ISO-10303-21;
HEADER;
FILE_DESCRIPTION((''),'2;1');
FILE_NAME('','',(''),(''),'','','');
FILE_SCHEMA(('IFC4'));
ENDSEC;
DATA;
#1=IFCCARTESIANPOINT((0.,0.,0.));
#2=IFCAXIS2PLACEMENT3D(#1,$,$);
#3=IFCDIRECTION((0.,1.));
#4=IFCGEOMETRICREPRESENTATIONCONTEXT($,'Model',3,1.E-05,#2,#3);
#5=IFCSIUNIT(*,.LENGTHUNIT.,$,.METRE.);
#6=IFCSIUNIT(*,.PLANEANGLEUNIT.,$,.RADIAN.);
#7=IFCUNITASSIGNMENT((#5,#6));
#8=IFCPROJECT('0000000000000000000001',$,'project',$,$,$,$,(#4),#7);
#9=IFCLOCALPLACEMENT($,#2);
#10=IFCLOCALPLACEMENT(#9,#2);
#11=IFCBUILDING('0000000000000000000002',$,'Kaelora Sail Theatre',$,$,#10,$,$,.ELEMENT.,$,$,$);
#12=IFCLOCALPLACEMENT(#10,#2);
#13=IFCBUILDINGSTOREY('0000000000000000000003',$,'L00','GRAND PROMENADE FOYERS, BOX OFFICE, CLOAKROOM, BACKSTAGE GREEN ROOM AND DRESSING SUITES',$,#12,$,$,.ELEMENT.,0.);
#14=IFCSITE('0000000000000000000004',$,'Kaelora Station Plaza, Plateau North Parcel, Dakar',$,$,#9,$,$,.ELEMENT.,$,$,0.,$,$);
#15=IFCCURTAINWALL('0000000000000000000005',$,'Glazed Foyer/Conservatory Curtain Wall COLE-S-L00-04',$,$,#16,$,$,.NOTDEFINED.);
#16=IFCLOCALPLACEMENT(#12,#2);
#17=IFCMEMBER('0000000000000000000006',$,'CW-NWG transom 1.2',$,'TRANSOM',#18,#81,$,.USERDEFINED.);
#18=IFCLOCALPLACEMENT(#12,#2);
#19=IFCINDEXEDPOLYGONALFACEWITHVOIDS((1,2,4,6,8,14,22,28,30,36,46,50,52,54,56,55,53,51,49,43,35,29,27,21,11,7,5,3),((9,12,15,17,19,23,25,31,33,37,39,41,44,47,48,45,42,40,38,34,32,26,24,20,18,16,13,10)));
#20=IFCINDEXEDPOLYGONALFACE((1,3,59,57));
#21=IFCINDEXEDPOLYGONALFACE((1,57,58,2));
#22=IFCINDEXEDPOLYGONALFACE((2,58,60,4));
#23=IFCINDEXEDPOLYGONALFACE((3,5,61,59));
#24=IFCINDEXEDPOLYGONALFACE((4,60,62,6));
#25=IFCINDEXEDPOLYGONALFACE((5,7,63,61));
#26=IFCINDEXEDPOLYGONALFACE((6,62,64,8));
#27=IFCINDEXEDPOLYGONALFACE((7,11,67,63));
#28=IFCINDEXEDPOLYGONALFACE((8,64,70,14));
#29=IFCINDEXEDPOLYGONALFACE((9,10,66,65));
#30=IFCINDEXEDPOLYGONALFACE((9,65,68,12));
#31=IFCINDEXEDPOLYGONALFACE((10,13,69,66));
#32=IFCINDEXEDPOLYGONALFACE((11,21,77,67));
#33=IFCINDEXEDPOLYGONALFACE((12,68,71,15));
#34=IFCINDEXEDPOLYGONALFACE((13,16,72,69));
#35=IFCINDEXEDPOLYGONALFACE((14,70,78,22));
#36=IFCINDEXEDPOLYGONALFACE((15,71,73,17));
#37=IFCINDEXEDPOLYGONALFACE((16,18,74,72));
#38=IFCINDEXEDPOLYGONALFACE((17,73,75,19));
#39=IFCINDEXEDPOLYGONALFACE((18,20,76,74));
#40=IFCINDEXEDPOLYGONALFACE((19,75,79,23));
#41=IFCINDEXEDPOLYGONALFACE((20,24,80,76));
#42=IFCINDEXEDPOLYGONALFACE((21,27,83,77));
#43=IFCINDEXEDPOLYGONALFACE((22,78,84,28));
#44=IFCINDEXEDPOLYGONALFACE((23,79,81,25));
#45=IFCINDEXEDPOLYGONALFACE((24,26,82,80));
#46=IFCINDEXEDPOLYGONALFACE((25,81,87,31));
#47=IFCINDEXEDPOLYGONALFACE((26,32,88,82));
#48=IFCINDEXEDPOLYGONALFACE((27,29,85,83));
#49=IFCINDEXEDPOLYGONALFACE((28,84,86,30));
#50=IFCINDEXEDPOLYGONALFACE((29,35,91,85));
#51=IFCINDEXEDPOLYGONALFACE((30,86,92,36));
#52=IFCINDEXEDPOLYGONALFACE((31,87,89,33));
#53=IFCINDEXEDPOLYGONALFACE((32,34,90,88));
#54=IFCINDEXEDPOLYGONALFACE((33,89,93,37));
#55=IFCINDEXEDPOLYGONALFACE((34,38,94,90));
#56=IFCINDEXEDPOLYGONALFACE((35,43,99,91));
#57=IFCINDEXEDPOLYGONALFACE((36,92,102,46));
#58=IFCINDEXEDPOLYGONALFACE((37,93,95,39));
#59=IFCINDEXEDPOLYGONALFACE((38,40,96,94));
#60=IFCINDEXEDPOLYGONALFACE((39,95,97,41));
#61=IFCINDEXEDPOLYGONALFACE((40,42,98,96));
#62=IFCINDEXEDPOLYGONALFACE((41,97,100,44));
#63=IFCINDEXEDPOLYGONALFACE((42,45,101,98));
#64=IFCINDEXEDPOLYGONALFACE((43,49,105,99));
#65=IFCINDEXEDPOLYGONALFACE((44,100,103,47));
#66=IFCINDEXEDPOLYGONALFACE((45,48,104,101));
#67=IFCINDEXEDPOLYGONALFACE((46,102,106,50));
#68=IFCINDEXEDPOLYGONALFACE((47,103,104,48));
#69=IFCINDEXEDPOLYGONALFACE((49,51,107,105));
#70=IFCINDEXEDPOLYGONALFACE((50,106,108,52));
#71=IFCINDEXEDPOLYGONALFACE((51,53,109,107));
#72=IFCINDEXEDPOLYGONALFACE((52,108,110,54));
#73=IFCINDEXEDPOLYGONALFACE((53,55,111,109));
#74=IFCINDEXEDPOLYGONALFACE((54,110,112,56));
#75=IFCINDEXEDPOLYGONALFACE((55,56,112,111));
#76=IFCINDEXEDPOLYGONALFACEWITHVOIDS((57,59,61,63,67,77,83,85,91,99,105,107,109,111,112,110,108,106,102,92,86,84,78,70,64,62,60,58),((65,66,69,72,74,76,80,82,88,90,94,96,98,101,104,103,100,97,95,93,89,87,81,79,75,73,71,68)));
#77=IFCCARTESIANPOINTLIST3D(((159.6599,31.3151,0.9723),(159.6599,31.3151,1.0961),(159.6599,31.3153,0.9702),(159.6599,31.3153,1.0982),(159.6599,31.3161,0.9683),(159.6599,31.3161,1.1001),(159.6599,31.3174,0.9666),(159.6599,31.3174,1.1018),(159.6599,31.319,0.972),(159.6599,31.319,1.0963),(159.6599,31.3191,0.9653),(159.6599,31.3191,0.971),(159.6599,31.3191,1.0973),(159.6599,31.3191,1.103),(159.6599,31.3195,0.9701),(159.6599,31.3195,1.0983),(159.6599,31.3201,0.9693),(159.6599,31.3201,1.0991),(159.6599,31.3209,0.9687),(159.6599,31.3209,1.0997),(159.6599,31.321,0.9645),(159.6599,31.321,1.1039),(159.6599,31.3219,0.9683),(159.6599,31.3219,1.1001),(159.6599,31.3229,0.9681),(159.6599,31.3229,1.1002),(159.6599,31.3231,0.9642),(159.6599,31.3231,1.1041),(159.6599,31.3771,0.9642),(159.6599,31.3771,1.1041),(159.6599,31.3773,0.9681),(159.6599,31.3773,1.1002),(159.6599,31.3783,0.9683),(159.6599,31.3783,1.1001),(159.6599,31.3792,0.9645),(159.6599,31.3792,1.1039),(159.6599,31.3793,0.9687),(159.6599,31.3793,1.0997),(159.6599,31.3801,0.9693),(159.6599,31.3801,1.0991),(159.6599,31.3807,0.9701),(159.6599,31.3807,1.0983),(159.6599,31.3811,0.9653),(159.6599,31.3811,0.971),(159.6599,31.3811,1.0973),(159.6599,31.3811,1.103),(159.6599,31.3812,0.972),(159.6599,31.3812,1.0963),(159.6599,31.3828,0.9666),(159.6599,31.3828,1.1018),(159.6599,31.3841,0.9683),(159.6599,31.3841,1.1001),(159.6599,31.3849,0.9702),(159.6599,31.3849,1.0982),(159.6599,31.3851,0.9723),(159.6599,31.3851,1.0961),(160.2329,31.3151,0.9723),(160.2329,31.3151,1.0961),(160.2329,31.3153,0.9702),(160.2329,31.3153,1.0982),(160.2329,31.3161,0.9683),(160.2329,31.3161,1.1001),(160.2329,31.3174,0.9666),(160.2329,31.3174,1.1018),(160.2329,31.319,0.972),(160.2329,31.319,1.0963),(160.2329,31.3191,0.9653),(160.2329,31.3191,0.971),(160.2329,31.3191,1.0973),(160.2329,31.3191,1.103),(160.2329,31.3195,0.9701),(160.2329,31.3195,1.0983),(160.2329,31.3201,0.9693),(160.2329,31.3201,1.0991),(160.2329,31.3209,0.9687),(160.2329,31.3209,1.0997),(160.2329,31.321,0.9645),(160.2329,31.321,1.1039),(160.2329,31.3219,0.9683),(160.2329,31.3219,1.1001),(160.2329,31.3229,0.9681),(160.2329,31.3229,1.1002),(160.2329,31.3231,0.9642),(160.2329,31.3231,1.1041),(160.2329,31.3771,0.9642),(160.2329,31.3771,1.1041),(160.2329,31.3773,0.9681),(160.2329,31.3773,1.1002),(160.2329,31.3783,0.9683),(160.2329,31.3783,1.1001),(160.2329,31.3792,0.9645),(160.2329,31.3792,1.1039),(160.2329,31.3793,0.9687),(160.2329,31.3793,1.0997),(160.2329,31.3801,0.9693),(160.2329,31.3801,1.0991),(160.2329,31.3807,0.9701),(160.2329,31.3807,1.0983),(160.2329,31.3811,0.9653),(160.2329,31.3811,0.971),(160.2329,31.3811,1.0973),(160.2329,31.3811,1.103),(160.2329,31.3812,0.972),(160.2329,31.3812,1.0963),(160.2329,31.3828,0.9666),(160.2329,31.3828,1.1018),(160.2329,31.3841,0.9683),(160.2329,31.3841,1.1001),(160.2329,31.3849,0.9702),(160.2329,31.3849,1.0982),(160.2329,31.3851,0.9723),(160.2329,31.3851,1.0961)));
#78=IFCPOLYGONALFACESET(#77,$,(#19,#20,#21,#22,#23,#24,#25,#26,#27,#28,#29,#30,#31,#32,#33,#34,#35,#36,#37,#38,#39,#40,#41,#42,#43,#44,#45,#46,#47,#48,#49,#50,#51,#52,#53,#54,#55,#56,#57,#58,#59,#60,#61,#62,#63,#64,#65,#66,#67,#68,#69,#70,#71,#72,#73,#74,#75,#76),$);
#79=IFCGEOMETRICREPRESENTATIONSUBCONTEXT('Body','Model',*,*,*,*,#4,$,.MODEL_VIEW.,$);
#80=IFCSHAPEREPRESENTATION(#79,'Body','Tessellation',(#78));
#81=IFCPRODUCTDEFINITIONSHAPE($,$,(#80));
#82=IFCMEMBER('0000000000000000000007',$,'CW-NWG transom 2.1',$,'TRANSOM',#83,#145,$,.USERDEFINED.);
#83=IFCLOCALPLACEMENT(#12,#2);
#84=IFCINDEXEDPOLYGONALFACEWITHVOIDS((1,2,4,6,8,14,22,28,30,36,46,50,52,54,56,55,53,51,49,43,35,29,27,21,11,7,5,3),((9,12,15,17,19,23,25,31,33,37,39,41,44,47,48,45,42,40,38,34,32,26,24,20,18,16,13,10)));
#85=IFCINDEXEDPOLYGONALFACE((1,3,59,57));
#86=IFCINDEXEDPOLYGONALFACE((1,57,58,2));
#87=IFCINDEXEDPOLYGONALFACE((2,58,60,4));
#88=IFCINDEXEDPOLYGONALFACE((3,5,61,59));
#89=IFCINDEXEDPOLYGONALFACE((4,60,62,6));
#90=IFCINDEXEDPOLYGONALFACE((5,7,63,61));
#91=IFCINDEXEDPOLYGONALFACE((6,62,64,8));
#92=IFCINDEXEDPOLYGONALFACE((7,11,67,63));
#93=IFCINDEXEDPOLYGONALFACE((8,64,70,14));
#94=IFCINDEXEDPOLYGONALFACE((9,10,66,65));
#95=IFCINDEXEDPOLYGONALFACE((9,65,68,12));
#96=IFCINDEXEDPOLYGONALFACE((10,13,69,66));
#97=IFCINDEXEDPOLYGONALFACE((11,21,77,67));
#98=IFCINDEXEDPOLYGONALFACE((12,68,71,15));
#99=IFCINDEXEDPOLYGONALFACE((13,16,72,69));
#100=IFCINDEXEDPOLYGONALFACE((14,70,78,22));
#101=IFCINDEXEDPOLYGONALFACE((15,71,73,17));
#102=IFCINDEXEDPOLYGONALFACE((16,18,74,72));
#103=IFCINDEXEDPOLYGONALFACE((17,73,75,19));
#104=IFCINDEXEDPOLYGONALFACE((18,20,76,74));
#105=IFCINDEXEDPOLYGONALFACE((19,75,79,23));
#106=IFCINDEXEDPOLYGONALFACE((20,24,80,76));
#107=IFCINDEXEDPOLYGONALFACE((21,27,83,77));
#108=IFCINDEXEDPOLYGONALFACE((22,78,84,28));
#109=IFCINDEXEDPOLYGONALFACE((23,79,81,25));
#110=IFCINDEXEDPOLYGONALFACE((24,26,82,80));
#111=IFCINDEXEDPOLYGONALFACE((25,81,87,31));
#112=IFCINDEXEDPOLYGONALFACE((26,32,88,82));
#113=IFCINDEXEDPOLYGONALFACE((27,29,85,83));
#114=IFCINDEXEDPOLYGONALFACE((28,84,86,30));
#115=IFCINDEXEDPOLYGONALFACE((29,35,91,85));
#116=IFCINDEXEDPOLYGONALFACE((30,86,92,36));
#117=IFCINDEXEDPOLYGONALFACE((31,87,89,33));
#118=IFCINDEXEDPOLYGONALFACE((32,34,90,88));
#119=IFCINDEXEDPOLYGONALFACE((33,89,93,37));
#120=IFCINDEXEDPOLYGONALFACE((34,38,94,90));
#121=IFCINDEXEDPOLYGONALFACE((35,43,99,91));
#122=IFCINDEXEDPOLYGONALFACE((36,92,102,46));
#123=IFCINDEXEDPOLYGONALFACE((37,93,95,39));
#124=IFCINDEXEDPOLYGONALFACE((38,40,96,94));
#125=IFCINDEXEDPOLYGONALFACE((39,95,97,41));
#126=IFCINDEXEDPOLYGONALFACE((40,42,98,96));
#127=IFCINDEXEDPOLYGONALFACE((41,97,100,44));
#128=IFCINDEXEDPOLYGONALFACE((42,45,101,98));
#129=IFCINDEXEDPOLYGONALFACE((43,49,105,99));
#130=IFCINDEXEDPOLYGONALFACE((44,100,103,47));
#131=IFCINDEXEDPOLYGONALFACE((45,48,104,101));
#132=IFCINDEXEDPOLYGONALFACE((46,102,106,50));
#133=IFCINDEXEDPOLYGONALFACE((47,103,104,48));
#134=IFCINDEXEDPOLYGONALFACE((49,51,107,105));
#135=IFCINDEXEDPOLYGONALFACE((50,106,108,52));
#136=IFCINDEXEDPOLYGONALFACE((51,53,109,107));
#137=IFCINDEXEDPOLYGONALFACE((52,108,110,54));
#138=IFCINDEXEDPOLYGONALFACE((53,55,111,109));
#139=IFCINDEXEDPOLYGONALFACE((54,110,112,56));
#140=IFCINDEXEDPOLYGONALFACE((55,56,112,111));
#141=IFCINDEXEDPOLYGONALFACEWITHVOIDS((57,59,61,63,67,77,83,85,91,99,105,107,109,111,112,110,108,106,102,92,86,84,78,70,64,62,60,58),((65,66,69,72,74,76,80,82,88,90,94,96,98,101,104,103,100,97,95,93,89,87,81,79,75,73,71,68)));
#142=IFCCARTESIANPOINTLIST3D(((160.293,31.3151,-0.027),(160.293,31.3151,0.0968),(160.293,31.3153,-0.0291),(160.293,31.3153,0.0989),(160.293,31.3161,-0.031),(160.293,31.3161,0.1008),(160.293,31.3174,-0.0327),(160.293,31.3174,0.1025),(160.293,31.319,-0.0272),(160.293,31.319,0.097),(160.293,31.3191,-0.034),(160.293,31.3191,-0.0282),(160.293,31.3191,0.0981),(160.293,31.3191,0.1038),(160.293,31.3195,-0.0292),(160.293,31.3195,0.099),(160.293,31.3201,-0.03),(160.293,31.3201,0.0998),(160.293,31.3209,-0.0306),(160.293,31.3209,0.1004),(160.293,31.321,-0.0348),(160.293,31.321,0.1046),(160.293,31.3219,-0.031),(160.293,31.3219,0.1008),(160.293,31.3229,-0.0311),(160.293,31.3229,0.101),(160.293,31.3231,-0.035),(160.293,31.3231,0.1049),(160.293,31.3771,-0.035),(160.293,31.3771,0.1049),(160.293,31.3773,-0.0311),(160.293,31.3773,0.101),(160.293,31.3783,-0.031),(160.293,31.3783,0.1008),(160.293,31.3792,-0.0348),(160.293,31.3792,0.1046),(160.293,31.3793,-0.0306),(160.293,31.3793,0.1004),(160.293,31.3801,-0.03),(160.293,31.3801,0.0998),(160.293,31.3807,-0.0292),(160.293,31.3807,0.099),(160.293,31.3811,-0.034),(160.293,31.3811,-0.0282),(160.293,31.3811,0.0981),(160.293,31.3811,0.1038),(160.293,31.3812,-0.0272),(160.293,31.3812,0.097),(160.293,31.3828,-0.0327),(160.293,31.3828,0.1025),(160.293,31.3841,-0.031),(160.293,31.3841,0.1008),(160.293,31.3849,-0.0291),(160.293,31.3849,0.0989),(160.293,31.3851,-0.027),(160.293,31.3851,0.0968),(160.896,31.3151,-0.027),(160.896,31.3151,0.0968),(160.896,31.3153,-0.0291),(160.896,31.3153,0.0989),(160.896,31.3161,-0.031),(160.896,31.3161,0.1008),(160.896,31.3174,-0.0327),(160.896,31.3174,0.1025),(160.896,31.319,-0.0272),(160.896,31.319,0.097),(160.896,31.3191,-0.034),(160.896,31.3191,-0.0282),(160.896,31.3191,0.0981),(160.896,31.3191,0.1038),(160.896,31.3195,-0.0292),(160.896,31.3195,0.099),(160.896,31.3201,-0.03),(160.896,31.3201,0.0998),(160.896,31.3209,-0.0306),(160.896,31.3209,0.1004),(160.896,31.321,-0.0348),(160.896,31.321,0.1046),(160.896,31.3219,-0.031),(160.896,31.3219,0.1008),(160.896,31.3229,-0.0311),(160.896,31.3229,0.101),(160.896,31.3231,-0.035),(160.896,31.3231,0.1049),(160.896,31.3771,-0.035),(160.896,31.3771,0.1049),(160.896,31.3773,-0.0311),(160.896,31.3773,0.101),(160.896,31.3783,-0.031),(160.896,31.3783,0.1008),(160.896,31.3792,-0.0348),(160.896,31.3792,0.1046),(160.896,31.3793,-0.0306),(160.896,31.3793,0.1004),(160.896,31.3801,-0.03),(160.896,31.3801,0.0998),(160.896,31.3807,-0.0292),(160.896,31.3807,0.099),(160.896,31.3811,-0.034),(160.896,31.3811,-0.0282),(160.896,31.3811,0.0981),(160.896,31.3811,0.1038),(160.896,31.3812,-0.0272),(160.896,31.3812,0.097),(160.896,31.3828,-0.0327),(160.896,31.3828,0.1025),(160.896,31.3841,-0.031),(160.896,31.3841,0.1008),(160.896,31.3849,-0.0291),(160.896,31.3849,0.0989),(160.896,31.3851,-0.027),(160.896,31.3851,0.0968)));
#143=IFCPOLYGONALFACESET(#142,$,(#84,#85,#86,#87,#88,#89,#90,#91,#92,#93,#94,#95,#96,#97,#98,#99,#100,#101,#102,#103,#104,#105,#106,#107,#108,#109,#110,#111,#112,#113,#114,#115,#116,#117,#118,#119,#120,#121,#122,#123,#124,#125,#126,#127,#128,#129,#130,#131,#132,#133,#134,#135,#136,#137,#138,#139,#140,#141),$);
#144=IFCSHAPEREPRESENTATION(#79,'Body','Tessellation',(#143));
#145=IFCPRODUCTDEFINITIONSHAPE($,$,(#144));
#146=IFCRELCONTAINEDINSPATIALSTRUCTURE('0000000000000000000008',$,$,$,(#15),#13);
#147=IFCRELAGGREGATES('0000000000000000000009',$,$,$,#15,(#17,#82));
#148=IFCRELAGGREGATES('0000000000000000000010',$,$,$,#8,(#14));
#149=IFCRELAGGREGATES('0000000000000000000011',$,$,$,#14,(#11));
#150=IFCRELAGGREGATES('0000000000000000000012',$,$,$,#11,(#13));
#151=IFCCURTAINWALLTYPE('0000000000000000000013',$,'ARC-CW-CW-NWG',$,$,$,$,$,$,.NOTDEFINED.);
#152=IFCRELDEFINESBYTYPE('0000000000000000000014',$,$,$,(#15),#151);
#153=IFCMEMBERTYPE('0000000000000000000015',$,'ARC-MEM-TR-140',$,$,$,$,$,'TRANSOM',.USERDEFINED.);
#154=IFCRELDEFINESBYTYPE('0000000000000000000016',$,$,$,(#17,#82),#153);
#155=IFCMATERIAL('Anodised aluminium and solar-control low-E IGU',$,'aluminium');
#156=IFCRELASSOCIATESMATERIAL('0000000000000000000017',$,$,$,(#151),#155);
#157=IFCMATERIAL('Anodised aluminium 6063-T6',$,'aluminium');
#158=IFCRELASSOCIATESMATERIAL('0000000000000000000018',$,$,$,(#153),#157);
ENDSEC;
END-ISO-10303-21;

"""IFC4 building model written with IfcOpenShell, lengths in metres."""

from ifc_helpers import new_model, si_unit, direction, frame, origin, origin_2d, place, context, subcontext, project, spatial, hollow_rectangle, extrude, material, material_profile, profile_set, type_object, element, aggregate, save


model = new_model("IFC4")

# Units and contexts
model_context = context("Model", 3, precision=1e-05, world=origin(), true_north=direction((0.0, 1.0)))
body_context = subcontext(model_context, "Body", "Model", "MODEL_VIEW")
ifc_project = project(units=[si_unit("LENGTHUNIT", "METRE"), si_unit("PLANEANGLEUNIT", "RADIAN")], contexts=[model_context])

# Site, building, storey
site_placement = place(None, origin())
site = spatial("IfcSite", under=ifc_project, at=site_placement, Name="Kaelora Station Plaza, Plateau North Parcel, Dakar", CompositionType="ELEMENT", RefElevation=0.0)
building_placement = place(site_placement, origin())
building = spatial("IfcBuilding", under=site, at=building_placement, Name="Kaelora Sail Theatre", CompositionType="ELEMENT")
storey_placement = place(building_placement, origin())
storey = spatial("IfcBuildingStorey", under=building, at=storey_placement, Name="L00", Description="GRAND PROMENADE FOYERS, BOX OFFICE, CLOAKROOM, BACKSTAGE GREEN ROOM AND DRESSING SUITES", CompositionType="ELEMENT", Elevation=0.0)

# Curtain wall
ifc_material_1 = material(Name="Anodised aluminium and solar-control low-E IGU", Category="aluminium")
curtain_wall_type = type_object("IfcCurtainWallType", Name="ARC-CW-CW-NWG", PredefinedType="NOTDEFINED", material=ifc_material_1)
curtain_wall_1_placement = place(storey_placement, origin())
curtain_wall_1 = element("IfcCurtainWall", 1, at=curtain_wall_1_placement, inside=storey, type_object=curtain_wall_type, Name="Glazed Foyer/Conservatory Curtain Wall COLE-S-L00-04", PredefinedType="NOTDEFINED")

# Members
ifc_material_2 = material(Name="Anodised aluminium 6063-T6", Category="aluminium")
ifc_material_profile_1 = material_profile(ifc_material_2, hollow_rectangle(XDim=0.0701, YDim=0.1399, WallThickness=0.0039, InnerFilletRadius=0.0039, OuterFilletRadius=0.0081, at=origin_2d()), Name="ALU-TRAN 70x140x4")
ifc_profile_set_1 = profile_set([ifc_material_profile_1], Name="Anodised aluminium 6063-T6")
member_type_1 = type_object("IfcMemberType", Name="ARC-MEM-TR-140", ElementType="TRANSOM", PredefinedType="USERDEFINED", material=ifc_profile_set_1)
member_1_placement = place(storey_placement, frame((159.6599, 31.3501, 1.0342), z_axis=(1.0, 0.0, 0.0), x_axis=(0.0, 1.0, 0.0)))
member_1 = element("IfcMember", 2, at=member_1_placement, type_object=member_type_1, Name="CW-NWG transom 1.2", ObjectType="TRANSOM", PredefinedType="USERDEFINED", context=body_context, shape_type="SweptSolid", body=[
    extrude(hollow_rectangle(XDim=0.0701, YDim=0.1399, WallThickness=0.0039, InnerFilletRadius=0.0039, OuterFilletRadius=0.0081, at=origin_2d()), origin(), (0.0, 0.0, 1.0), 0.573),
])
member_2_placement = place(storey_placement, frame((160.293, 31.3501, 0.0349), z_axis=(1.0, 0.0, 0.0), x_axis=(0.0, 1.0, 0.0)))
member_2 = element("IfcMember", 3, at=member_2_placement, type_object=member_type_1, Name="CW-NWG transom 2.1", ObjectType="TRANSOM", PredefinedType="USERDEFINED", context=body_context, shape_type="SweptSolid", body=[
    extrude(hollow_rectangle(XDim=0.0701, YDim=0.1399, WallThickness=0.0039, InnerFilletRadius=0.0039, OuterFilletRadius=0.0081, at=origin_2d()), origin(), (0.0, 0.0, 1.0), 0.603),
])

aggregate(curtain_wall_1, [member_1, member_2])

save(model, "model.ifc")
